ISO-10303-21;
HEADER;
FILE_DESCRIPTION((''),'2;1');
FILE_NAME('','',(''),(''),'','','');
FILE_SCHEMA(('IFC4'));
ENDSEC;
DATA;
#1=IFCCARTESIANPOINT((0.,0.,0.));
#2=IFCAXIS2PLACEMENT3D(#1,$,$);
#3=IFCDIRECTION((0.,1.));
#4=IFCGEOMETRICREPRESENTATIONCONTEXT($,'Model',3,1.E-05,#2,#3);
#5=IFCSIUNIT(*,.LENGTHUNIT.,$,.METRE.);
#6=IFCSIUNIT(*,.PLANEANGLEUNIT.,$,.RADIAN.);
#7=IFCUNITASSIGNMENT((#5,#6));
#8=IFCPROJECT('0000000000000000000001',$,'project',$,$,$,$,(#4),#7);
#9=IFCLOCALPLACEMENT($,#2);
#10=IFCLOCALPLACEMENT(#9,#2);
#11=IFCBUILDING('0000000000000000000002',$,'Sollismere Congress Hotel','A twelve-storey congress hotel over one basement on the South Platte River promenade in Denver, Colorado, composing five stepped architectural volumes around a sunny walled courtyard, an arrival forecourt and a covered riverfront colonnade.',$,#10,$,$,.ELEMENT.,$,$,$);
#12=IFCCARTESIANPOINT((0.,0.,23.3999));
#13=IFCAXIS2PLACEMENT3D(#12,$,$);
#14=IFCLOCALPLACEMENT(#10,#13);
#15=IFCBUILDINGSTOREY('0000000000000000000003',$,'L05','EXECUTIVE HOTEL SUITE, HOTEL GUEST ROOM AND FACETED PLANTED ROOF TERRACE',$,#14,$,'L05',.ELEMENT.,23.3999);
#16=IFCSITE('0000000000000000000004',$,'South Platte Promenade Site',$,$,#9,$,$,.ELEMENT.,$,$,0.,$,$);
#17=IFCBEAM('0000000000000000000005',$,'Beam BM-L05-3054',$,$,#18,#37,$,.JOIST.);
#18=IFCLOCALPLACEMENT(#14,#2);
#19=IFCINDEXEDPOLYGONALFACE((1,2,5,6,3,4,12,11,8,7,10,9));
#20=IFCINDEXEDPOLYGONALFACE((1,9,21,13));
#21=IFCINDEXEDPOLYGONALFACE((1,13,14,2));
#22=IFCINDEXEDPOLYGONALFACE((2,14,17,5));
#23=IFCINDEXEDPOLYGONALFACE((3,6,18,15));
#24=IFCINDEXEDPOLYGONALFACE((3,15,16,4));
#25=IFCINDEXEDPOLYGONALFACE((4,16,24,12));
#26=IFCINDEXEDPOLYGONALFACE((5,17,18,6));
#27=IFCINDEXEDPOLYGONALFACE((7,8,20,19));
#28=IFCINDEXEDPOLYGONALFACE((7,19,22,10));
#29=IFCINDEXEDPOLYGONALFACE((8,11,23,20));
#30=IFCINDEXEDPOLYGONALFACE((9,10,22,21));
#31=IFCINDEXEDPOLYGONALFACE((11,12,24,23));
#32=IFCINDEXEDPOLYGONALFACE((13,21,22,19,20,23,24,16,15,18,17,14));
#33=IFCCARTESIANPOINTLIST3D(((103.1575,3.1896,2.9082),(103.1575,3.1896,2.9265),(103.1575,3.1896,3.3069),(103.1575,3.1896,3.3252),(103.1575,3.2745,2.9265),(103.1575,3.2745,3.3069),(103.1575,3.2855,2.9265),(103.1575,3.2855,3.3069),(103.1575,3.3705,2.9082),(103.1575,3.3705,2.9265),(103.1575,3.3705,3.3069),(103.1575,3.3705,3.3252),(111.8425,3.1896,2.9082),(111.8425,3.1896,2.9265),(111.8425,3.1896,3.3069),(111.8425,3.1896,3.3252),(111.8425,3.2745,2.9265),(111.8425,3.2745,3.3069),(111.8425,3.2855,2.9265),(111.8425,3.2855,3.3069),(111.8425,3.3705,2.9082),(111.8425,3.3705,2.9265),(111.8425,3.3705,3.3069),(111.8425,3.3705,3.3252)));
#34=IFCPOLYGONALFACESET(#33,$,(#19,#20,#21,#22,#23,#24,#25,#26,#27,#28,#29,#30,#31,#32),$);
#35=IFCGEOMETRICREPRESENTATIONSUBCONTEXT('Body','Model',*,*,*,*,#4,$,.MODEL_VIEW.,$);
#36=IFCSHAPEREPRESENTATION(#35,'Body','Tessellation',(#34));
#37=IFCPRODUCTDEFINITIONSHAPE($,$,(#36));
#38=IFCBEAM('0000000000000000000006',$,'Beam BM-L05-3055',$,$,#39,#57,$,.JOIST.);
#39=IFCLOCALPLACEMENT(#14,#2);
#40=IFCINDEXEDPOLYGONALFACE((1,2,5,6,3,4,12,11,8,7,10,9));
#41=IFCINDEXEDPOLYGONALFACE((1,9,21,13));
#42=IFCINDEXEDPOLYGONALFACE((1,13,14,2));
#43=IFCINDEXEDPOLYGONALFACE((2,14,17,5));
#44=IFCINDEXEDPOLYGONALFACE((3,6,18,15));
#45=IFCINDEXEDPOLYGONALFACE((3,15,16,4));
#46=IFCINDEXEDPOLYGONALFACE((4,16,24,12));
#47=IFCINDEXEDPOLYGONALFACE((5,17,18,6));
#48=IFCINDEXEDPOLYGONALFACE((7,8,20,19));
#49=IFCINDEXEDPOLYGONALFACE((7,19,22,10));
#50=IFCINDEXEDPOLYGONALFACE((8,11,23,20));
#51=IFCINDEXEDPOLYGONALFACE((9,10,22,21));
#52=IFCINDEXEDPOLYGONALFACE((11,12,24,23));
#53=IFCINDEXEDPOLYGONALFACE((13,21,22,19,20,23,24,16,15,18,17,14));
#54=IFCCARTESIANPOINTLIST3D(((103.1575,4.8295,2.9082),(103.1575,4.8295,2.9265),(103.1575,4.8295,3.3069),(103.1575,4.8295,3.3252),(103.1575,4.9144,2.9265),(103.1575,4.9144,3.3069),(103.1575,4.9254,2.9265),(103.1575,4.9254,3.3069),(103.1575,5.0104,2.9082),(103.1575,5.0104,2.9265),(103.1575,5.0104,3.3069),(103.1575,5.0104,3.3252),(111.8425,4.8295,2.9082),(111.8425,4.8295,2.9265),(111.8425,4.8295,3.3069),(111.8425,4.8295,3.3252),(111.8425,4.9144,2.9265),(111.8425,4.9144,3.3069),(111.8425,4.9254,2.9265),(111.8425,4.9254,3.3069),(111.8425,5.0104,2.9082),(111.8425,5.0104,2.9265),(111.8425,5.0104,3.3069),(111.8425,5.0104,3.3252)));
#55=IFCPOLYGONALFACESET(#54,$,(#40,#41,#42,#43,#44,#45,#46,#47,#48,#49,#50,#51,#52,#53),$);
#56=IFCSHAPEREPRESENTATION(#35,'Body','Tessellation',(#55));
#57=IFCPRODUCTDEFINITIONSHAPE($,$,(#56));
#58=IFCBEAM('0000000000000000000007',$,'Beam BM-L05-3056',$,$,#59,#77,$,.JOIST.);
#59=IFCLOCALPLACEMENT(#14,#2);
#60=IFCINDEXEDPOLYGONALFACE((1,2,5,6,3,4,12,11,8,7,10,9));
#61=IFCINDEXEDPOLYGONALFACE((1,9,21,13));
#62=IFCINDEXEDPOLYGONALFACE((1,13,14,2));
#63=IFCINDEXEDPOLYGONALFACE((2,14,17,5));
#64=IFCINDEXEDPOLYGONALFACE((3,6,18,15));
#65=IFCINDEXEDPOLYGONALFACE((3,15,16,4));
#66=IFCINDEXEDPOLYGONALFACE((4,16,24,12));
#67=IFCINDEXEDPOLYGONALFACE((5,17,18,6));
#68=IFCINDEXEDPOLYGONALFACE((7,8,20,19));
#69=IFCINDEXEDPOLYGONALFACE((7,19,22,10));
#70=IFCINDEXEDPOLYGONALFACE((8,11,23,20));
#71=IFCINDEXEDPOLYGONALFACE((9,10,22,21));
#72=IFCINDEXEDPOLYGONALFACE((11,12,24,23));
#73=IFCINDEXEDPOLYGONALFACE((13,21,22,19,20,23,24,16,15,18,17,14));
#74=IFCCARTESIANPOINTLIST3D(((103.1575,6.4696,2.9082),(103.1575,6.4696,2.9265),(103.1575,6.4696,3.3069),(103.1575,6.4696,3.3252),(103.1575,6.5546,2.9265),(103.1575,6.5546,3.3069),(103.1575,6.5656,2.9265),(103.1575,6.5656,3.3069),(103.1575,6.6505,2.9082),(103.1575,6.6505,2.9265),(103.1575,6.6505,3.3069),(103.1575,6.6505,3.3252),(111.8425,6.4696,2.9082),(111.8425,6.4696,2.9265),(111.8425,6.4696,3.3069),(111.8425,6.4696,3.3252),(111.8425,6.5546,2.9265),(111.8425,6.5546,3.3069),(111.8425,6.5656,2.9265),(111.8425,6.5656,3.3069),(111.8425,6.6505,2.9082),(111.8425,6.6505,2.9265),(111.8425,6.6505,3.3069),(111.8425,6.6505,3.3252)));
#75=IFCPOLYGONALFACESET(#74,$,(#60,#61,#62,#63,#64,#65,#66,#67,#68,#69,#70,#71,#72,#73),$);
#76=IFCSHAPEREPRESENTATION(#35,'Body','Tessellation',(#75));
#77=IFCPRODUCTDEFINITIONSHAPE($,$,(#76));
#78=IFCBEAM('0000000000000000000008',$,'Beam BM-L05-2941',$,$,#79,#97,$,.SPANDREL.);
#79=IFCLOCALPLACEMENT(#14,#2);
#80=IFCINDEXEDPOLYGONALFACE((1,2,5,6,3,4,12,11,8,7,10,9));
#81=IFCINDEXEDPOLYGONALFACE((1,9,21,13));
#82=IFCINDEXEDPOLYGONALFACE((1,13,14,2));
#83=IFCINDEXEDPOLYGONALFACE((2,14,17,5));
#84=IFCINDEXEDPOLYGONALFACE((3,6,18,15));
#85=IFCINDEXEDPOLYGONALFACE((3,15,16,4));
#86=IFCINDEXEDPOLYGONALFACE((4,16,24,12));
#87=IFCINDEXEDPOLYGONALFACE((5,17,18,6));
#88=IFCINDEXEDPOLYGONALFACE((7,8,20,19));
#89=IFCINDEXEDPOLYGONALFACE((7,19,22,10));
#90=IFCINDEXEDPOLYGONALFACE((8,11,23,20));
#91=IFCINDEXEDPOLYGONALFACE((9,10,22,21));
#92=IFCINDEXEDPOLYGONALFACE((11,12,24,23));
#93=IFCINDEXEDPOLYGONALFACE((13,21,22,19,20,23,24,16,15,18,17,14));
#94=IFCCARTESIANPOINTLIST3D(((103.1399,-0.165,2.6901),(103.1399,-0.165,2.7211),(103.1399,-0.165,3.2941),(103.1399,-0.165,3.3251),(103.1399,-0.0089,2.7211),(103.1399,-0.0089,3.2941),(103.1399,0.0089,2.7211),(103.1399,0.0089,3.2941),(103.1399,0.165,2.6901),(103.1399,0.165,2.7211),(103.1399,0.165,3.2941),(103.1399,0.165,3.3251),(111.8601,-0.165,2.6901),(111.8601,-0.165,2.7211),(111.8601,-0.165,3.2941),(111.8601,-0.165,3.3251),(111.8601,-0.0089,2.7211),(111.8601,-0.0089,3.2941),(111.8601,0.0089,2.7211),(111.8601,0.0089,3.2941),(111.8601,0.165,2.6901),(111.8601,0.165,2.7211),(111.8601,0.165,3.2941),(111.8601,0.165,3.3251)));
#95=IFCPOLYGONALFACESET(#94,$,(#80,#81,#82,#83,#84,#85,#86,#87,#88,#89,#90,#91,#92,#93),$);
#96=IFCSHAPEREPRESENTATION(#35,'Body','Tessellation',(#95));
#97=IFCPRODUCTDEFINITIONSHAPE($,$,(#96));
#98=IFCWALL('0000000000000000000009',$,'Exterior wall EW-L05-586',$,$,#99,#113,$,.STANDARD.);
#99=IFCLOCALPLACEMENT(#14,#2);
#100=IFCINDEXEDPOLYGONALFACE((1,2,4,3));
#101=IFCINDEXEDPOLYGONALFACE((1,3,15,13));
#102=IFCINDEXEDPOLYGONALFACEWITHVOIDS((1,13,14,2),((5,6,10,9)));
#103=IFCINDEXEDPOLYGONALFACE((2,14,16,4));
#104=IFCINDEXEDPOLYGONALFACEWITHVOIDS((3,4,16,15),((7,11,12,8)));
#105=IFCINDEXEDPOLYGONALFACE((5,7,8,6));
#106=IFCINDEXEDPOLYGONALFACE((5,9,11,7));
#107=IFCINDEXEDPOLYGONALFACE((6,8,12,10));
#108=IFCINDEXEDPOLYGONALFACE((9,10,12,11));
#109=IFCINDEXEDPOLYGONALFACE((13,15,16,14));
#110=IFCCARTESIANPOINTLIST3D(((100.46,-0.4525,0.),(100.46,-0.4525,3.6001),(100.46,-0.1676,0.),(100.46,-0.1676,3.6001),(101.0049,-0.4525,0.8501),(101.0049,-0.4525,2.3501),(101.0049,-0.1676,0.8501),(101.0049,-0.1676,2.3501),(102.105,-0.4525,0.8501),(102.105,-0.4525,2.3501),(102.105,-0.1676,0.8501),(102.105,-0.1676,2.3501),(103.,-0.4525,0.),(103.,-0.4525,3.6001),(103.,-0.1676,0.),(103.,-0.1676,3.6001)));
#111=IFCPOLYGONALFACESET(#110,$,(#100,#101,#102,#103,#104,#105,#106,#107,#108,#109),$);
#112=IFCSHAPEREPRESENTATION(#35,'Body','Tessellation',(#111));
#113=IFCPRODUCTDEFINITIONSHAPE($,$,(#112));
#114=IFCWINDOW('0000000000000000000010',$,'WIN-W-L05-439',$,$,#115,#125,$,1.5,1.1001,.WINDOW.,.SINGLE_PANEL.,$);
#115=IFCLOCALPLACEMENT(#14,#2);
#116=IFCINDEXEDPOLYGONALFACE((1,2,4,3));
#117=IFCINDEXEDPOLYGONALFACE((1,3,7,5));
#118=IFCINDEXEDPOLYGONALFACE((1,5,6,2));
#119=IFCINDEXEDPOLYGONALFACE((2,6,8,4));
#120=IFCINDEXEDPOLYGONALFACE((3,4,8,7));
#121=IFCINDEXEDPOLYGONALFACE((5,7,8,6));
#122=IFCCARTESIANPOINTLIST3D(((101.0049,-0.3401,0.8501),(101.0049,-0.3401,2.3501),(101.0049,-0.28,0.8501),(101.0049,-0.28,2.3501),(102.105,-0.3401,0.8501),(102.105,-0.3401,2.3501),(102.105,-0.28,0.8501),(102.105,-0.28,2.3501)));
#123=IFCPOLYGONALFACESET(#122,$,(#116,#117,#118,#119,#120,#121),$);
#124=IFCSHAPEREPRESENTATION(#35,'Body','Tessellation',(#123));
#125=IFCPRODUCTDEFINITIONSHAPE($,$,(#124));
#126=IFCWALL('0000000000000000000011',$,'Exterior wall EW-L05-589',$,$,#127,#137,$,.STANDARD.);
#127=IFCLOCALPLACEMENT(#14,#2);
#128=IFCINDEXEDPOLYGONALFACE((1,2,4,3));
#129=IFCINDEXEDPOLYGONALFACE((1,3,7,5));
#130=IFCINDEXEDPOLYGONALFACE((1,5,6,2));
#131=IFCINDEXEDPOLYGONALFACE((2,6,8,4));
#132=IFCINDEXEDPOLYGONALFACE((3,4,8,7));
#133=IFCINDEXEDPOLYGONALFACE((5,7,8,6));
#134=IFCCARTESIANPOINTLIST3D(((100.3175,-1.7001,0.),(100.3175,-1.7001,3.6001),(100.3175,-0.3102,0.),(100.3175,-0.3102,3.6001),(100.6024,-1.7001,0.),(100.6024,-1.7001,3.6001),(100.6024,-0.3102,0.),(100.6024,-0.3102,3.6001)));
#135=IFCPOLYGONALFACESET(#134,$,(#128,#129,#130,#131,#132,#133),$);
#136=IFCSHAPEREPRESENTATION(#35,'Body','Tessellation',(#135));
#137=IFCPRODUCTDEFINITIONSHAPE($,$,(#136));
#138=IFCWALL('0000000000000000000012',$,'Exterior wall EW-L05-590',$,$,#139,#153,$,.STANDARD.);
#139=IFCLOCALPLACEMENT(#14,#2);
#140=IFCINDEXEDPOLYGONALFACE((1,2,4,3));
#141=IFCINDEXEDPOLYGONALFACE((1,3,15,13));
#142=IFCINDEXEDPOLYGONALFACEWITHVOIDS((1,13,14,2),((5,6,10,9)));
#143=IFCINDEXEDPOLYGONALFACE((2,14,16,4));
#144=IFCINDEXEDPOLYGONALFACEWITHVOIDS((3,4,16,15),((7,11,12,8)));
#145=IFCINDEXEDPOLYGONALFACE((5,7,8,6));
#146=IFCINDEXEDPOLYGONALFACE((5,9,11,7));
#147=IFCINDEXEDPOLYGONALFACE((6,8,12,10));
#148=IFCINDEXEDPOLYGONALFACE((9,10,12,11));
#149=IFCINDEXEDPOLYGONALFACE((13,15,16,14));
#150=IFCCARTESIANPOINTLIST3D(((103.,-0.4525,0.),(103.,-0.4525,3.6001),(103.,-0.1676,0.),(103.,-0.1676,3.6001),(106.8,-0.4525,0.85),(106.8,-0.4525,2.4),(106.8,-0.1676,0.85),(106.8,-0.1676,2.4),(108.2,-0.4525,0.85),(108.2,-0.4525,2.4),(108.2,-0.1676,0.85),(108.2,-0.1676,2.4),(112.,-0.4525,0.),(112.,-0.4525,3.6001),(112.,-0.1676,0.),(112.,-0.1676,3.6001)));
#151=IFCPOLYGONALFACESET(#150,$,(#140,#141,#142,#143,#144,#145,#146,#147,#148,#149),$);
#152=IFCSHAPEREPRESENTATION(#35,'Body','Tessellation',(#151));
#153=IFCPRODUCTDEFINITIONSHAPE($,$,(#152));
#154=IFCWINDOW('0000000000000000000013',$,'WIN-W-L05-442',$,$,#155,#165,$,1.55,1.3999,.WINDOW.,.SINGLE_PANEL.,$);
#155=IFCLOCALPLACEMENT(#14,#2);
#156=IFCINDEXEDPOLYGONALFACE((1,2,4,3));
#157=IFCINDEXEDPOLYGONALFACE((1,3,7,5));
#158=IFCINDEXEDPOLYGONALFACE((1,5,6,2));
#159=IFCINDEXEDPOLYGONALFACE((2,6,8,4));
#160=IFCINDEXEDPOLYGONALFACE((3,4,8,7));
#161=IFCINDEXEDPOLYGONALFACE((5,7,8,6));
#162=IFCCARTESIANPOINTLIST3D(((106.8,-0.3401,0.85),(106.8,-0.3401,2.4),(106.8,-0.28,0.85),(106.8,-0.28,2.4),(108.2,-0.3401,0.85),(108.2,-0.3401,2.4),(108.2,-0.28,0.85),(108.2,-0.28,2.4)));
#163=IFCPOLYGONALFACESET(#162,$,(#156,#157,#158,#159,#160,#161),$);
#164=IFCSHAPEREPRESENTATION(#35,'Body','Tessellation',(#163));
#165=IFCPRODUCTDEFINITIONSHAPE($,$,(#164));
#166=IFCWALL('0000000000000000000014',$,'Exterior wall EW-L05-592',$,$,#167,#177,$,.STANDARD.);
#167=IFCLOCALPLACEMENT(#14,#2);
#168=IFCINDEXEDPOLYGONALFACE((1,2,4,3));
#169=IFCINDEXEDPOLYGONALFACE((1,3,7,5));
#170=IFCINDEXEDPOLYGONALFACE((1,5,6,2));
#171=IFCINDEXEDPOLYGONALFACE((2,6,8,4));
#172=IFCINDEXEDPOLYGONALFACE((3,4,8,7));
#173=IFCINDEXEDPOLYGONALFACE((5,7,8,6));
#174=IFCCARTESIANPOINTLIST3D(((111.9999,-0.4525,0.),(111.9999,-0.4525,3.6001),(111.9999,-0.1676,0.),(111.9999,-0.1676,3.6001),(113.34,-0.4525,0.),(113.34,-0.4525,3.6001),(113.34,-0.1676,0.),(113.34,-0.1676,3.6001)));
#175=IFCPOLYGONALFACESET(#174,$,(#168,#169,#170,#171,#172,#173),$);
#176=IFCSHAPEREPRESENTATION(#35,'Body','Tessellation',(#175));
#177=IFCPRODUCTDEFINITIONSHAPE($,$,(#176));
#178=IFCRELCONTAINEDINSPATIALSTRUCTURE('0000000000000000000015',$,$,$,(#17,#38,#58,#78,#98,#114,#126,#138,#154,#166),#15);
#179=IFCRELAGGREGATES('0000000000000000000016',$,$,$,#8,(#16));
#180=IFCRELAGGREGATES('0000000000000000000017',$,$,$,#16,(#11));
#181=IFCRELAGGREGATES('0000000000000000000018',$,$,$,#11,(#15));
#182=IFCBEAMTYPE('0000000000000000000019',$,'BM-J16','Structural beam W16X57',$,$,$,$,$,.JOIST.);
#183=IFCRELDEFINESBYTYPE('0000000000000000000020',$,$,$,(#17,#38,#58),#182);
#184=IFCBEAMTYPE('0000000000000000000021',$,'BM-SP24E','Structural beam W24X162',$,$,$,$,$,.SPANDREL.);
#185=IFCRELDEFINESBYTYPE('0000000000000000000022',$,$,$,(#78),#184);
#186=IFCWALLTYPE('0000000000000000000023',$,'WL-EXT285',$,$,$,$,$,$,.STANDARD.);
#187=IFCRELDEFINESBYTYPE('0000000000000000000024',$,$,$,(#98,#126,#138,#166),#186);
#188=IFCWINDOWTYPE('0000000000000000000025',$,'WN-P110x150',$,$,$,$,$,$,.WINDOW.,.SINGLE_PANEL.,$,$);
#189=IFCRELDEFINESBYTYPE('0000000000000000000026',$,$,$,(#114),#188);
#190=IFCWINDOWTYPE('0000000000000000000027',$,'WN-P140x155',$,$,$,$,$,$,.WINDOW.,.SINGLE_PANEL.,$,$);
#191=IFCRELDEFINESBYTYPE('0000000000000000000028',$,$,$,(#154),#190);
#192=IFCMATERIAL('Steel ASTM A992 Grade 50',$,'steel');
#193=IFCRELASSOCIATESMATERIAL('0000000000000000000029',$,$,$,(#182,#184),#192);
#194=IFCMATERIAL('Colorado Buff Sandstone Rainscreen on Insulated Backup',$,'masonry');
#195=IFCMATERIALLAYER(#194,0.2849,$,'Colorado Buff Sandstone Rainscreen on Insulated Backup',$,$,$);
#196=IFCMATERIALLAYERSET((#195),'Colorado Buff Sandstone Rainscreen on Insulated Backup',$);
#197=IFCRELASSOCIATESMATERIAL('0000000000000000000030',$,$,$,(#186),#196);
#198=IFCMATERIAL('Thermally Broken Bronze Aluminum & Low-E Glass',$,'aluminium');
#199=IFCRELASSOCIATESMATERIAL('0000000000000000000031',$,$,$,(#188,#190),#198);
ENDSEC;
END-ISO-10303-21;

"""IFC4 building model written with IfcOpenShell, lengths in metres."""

from ifc_helpers import new_model, si_unit, direction, frame, frame_2d, origin, origin_2d, place, context, subcontext, project, spatial, rectangle, i_section, extrude, material, layer, layer_set, material_profile, profile_set, type_object, element, fill, save


model = new_model("IFC4")

# Units and contexts
model_context = context("Model", 3, precision=1e-05, world=origin(), true_north=direction((0.0, 1.0)))
body_context = subcontext(model_context, "Body", "Model", "MODEL_VIEW")
ifc_project = project(units=[si_unit("LENGTHUNIT", "METRE"), si_unit("PLANEANGLEUNIT", "RADIAN")], contexts=[model_context])

# Site, building, storey
site_placement = place(None, origin())
site = spatial("IfcSite", under=ifc_project, at=site_placement, Name="South Platte Promenade Site", CompositionType="ELEMENT", RefElevation=0.0)
building_placement = place(site_placement, origin())
building = spatial("IfcBuilding", under=site, at=building_placement, Name="Sollismere Congress Hotel", Description="A twelve-storey congress hotel over one basement on the South Platte River promenade in Denver, Colorado, composing five stepped architectural volumes around a sunny walled courtyard, an arrival forecourt and a covered riverfront colonnade.", CompositionType="ELEMENT")
storey_placement = place(building_placement, frame((0.0, 0.0, 23.3999)))
storey = spatial("IfcBuildingStorey", under=building, at=storey_placement, Name="L05", Description="EXECUTIVE HOTEL SUITE, HOTEL GUEST ROOM AND FACETED PLANTED ROOF TERRACE", LongName="L05", CompositionType="ELEMENT", Elevation=23.3999)

# Shared definitions
ifc_material_1 = material(Name="Steel ASTM A992 Grade 50", Category="steel")

# Beams
ifc_material_profile_1 = material_profile(ifc_material_1, i_section(OverallWidth=0.1809, OverallDepth=0.417, WebThickness=0.011, FlangeThickness=0.0183, at=origin_2d()), Name="W16X57")
ifc_profile_set_1 = profile_set([ifc_material_profile_1], Name="Steel ASTM A992 Grade 50")
beam_type_1 = type_object("IfcBeamType", Name="BM-J16", Description="Structural beam W16X57", PredefinedType="JOIST", material=ifc_profile_set_1)
for number, where, z_axis, x_axis, name in (
    (1, (103.1575, 3.28, 3.1167), (1.0, 0.0, 0.0), (0.0, 1.0, 0.0), "Beam BM-L05-3054"),
    (2, (103.1575, 4.9199, 3.1167), (1.0, 0.0, 0.0), (0.0, 1.0, 0.0), "Beam BM-L05-3055"),
    (3, (103.1575, 6.5601, 3.1167), (1.0, 0.0, 0.0), (0.0, 1.0, 0.0), "Beam BM-L05-3056"),
):
    element("IfcBeam", number, at=place(storey_placement, frame(where, z_axis=z_axis, x_axis=x_axis)), inside=storey, type_object=beam_type_1, Name=name, PredefinedType="JOIST", context=body_context, shape_type="SweptSolid", body=[
        extrude(i_section(OverallWidth=0.1809, OverallDepth=0.417, WebThickness=0.011, FlangeThickness=0.0183, at=origin_2d()), origin(), (0.0, 0.0, 1.0), 8.6851),
    ])
ifc_material_profile_2 = material_profile(ifc_material_1, i_section(OverallWidth=0.3301, OverallDepth=0.635, WebThickness=0.0178, FlangeThickness=0.031, at=origin_2d()), Name="W24X162")
ifc_profile_set_2 = profile_set([ifc_material_profile_2], Name="Steel ASTM A992 Grade 50")
beam_type_2 = type_object("IfcBeamType", Name="BM-SP24E", Description="Structural beam W24X162", PredefinedType="SPANDREL", material=ifc_profile_set_2)
beam_1_placement = place(storey_placement, frame((103.1399, 0.0, 3.0076), z_axis=(1.0, 0.0, 0.0), x_axis=(0.0, 1.0, 0.0)))
element("IfcBeam", 4, at=beam_1_placement, inside=storey, type_object=beam_type_2, Name="Beam BM-L05-2941", PredefinedType="SPANDREL", context=body_context, shape_type="SweptSolid", body=[
    extrude(i_section(OverallWidth=0.3301, OverallDepth=0.635, WebThickness=0.0178, FlangeThickness=0.031, at=origin_2d()), origin(), (0.0, 0.0, 1.0), 8.7202),
])

# Wall, opening, window
ifc_material_2 = material(Name="Colorado Buff Sandstone Rainscreen on Insulated Backup", Category="masonry")
ifc_layer_1 = layer(ifc_material_2, 0.2849, Name="Colorado Buff Sandstone Rainscreen on Insulated Backup")
ifc_layer_set_1 = layer_set([ifc_layer_1], Name="Colorado Buff Sandstone Rainscreen on Insulated Backup")
wall_type_1 = type_object("IfcWallType", Name="WL-EXT285", PredefinedType="STANDARD", material=ifc_layer_set_1)
wall_1_placement = place(storey_placement, frame((100.46, -0.3101, 0.0), z_axis=(0.0, 0.0, 1.0), x_axis=(1.0, 0.0, 0.0)))
wall_1 = element("IfcWall", 5, at=wall_1_placement, inside=storey, type_object=wall_type_1, Name="Exterior wall EW-L05-586", PredefinedType="STANDARD", context=body_context, shape_type="SweptSolid", body=[
    extrude(rectangle(XDim=2.54, YDim=0.2849, at=frame_2d((1.27, 0.0))), origin(), (0.0, 0.0, 1.0), 3.6001),
])
opening_1_placement = place(wall_1_placement, frame((0.5449, 0.0, 0.8501)))
opening_1 = element("IfcOpeningElement", 6, at=opening_1_placement, cuts=wall_1, PredefinedType="OPENING", context=body_context, shape_type="SweptSolid", body=[
    extrude(rectangle(XDim=1.1001, YDim=1.5, at=frame_2d((0.55, 0.75))), frame((0.0, 0.1523, 0.0), z_axis=(0.0, -1.0, 0.0), x_axis=(1.0, 0.0, 0.0)), (0.0, 0.0, 1.0), 0.3049),
])
ifc_material_3 = material(Name="Thermally Broken Bronze Aluminum & Low-E Glass", Category="aluminium")
window_type_1 = type_object("IfcWindowType", Name="WN-P110x150", PartitioningType="SINGLE_PANEL", PredefinedType="WINDOW", material=ifc_material_3)
window_1_placement = place(opening_1_placement, origin())
window_1 = element("IfcWindow", 7, at=window_1_placement, inside=storey, type_object=window_type_1, Name="WIN-W-L05-439", OverallHeight=1.5, OverallWidth=1.1001, PartitioningType="SINGLE_PANEL", PredefinedType="WINDOW", context=body_context, shape_type="SweptSolid", body=[
    extrude(rectangle(XDim=1.1001, YDim=1.5, at=frame_2d((0.55, 0.75))), frame((0.0, 0.03, 0.0), z_axis=(0.0, -1.0, 0.0), x_axis=(1.0, 0.0, 0.0)), (0.0, 0.0, 1.0), 0.0601),
])
fill(opening_1, window_1)

# Wall
wall_2_placement = place(storey_placement, frame((100.46, -1.7, 0.0), z_axis=(0.0, 0.0, 1.0), x_axis=(0.0, 1.0, 0.0)))
element("IfcWall", 8, at=wall_2_placement, inside=storey, type_object=wall_type_1, Name="Exterior wall EW-L05-589", PredefinedType="STANDARD", context=body_context, shape_type="SweptSolid", body=[
    extrude(rectangle(XDim=1.3899, YDim=0.2849, at=frame_2d((0.6948, 0.0))), origin(), (0.0, 0.0, 1.0), 3.6001),
])

# Wall, opening, window
wall_3_placement = place(storey_placement, frame((103.0, -0.3101, 0.0), z_axis=(0.0, 0.0, 1.0), x_axis=(1.0, 0.0, 0.0)))
wall_3 = element("IfcWall", 9, at=wall_3_placement, inside=storey, type_object=wall_type_1, Name="Exterior wall EW-L05-590", PredefinedType="STANDARD", context=body_context, shape_type="SweptSolid", body=[
    extrude(rectangle(XDim=9.0, YDim=0.2849, at=frame_2d((4.5, 0.0))), origin(), (0.0, 0.0, 1.0), 3.6001),
])
opening_2_placement = place(wall_3_placement, frame((3.8, 0.0, 0.8501)))
opening_2 = element("IfcOpeningElement", 10, at=opening_2_placement, cuts=wall_3, PredefinedType="OPENING", context=body_context, shape_type="SweptSolid", body=[
    extrude(rectangle(XDim=1.3999, YDim=1.55, at=frame_2d((0.7, 0.7749))), frame((0.0, 0.1523, 0.0), z_axis=(0.0, -1.0, 0.0), x_axis=(1.0, 0.0, 0.0)), (0.0, 0.0, 1.0), 0.3049),
])
window_type_2 = type_object("IfcWindowType", Name="WN-P140x155", PartitioningType="SINGLE_PANEL", PredefinedType="WINDOW", material=ifc_material_3)
window_2_placement = place(opening_2_placement, origin())
window_2 = element("IfcWindow", 11, at=window_2_placement, inside=storey, type_object=window_type_2, Name="WIN-W-L05-442", OverallHeight=1.55, OverallWidth=1.3999, PartitioningType="SINGLE_PANEL", PredefinedType="WINDOW", context=body_context, shape_type="SweptSolid", body=[
    extrude(rectangle(XDim=1.3999, YDim=1.55, at=frame_2d((0.7, 0.7749))), frame((0.0, 0.03, 0.0), z_axis=(0.0, -1.0, 0.0), x_axis=(1.0, 0.0, 0.0)), (0.0, 0.0, 1.0), 0.0601),
])
fill(opening_2, window_2)

# Wall
wall_4_placement = place(storey_placement, frame((112.0, -0.3101, 0.0), z_axis=(0.0, 0.0, 1.0), x_axis=(1.0, 0.0, 0.0)))
element("IfcWall", 12, at=wall_4_placement, inside=storey, type_object=wall_type_1, Name="Exterior wall EW-L05-592", PredefinedType="STANDARD", context=body_context, shape_type="SweptSolid", body=[
    extrude(rectangle(XDim=1.3401, YDim=0.2849, at=frame_2d((0.6699, 0.0))), origin(), (0.0, 0.0, 1.0), 3.6001),
])

save(model, "model.ifc")
